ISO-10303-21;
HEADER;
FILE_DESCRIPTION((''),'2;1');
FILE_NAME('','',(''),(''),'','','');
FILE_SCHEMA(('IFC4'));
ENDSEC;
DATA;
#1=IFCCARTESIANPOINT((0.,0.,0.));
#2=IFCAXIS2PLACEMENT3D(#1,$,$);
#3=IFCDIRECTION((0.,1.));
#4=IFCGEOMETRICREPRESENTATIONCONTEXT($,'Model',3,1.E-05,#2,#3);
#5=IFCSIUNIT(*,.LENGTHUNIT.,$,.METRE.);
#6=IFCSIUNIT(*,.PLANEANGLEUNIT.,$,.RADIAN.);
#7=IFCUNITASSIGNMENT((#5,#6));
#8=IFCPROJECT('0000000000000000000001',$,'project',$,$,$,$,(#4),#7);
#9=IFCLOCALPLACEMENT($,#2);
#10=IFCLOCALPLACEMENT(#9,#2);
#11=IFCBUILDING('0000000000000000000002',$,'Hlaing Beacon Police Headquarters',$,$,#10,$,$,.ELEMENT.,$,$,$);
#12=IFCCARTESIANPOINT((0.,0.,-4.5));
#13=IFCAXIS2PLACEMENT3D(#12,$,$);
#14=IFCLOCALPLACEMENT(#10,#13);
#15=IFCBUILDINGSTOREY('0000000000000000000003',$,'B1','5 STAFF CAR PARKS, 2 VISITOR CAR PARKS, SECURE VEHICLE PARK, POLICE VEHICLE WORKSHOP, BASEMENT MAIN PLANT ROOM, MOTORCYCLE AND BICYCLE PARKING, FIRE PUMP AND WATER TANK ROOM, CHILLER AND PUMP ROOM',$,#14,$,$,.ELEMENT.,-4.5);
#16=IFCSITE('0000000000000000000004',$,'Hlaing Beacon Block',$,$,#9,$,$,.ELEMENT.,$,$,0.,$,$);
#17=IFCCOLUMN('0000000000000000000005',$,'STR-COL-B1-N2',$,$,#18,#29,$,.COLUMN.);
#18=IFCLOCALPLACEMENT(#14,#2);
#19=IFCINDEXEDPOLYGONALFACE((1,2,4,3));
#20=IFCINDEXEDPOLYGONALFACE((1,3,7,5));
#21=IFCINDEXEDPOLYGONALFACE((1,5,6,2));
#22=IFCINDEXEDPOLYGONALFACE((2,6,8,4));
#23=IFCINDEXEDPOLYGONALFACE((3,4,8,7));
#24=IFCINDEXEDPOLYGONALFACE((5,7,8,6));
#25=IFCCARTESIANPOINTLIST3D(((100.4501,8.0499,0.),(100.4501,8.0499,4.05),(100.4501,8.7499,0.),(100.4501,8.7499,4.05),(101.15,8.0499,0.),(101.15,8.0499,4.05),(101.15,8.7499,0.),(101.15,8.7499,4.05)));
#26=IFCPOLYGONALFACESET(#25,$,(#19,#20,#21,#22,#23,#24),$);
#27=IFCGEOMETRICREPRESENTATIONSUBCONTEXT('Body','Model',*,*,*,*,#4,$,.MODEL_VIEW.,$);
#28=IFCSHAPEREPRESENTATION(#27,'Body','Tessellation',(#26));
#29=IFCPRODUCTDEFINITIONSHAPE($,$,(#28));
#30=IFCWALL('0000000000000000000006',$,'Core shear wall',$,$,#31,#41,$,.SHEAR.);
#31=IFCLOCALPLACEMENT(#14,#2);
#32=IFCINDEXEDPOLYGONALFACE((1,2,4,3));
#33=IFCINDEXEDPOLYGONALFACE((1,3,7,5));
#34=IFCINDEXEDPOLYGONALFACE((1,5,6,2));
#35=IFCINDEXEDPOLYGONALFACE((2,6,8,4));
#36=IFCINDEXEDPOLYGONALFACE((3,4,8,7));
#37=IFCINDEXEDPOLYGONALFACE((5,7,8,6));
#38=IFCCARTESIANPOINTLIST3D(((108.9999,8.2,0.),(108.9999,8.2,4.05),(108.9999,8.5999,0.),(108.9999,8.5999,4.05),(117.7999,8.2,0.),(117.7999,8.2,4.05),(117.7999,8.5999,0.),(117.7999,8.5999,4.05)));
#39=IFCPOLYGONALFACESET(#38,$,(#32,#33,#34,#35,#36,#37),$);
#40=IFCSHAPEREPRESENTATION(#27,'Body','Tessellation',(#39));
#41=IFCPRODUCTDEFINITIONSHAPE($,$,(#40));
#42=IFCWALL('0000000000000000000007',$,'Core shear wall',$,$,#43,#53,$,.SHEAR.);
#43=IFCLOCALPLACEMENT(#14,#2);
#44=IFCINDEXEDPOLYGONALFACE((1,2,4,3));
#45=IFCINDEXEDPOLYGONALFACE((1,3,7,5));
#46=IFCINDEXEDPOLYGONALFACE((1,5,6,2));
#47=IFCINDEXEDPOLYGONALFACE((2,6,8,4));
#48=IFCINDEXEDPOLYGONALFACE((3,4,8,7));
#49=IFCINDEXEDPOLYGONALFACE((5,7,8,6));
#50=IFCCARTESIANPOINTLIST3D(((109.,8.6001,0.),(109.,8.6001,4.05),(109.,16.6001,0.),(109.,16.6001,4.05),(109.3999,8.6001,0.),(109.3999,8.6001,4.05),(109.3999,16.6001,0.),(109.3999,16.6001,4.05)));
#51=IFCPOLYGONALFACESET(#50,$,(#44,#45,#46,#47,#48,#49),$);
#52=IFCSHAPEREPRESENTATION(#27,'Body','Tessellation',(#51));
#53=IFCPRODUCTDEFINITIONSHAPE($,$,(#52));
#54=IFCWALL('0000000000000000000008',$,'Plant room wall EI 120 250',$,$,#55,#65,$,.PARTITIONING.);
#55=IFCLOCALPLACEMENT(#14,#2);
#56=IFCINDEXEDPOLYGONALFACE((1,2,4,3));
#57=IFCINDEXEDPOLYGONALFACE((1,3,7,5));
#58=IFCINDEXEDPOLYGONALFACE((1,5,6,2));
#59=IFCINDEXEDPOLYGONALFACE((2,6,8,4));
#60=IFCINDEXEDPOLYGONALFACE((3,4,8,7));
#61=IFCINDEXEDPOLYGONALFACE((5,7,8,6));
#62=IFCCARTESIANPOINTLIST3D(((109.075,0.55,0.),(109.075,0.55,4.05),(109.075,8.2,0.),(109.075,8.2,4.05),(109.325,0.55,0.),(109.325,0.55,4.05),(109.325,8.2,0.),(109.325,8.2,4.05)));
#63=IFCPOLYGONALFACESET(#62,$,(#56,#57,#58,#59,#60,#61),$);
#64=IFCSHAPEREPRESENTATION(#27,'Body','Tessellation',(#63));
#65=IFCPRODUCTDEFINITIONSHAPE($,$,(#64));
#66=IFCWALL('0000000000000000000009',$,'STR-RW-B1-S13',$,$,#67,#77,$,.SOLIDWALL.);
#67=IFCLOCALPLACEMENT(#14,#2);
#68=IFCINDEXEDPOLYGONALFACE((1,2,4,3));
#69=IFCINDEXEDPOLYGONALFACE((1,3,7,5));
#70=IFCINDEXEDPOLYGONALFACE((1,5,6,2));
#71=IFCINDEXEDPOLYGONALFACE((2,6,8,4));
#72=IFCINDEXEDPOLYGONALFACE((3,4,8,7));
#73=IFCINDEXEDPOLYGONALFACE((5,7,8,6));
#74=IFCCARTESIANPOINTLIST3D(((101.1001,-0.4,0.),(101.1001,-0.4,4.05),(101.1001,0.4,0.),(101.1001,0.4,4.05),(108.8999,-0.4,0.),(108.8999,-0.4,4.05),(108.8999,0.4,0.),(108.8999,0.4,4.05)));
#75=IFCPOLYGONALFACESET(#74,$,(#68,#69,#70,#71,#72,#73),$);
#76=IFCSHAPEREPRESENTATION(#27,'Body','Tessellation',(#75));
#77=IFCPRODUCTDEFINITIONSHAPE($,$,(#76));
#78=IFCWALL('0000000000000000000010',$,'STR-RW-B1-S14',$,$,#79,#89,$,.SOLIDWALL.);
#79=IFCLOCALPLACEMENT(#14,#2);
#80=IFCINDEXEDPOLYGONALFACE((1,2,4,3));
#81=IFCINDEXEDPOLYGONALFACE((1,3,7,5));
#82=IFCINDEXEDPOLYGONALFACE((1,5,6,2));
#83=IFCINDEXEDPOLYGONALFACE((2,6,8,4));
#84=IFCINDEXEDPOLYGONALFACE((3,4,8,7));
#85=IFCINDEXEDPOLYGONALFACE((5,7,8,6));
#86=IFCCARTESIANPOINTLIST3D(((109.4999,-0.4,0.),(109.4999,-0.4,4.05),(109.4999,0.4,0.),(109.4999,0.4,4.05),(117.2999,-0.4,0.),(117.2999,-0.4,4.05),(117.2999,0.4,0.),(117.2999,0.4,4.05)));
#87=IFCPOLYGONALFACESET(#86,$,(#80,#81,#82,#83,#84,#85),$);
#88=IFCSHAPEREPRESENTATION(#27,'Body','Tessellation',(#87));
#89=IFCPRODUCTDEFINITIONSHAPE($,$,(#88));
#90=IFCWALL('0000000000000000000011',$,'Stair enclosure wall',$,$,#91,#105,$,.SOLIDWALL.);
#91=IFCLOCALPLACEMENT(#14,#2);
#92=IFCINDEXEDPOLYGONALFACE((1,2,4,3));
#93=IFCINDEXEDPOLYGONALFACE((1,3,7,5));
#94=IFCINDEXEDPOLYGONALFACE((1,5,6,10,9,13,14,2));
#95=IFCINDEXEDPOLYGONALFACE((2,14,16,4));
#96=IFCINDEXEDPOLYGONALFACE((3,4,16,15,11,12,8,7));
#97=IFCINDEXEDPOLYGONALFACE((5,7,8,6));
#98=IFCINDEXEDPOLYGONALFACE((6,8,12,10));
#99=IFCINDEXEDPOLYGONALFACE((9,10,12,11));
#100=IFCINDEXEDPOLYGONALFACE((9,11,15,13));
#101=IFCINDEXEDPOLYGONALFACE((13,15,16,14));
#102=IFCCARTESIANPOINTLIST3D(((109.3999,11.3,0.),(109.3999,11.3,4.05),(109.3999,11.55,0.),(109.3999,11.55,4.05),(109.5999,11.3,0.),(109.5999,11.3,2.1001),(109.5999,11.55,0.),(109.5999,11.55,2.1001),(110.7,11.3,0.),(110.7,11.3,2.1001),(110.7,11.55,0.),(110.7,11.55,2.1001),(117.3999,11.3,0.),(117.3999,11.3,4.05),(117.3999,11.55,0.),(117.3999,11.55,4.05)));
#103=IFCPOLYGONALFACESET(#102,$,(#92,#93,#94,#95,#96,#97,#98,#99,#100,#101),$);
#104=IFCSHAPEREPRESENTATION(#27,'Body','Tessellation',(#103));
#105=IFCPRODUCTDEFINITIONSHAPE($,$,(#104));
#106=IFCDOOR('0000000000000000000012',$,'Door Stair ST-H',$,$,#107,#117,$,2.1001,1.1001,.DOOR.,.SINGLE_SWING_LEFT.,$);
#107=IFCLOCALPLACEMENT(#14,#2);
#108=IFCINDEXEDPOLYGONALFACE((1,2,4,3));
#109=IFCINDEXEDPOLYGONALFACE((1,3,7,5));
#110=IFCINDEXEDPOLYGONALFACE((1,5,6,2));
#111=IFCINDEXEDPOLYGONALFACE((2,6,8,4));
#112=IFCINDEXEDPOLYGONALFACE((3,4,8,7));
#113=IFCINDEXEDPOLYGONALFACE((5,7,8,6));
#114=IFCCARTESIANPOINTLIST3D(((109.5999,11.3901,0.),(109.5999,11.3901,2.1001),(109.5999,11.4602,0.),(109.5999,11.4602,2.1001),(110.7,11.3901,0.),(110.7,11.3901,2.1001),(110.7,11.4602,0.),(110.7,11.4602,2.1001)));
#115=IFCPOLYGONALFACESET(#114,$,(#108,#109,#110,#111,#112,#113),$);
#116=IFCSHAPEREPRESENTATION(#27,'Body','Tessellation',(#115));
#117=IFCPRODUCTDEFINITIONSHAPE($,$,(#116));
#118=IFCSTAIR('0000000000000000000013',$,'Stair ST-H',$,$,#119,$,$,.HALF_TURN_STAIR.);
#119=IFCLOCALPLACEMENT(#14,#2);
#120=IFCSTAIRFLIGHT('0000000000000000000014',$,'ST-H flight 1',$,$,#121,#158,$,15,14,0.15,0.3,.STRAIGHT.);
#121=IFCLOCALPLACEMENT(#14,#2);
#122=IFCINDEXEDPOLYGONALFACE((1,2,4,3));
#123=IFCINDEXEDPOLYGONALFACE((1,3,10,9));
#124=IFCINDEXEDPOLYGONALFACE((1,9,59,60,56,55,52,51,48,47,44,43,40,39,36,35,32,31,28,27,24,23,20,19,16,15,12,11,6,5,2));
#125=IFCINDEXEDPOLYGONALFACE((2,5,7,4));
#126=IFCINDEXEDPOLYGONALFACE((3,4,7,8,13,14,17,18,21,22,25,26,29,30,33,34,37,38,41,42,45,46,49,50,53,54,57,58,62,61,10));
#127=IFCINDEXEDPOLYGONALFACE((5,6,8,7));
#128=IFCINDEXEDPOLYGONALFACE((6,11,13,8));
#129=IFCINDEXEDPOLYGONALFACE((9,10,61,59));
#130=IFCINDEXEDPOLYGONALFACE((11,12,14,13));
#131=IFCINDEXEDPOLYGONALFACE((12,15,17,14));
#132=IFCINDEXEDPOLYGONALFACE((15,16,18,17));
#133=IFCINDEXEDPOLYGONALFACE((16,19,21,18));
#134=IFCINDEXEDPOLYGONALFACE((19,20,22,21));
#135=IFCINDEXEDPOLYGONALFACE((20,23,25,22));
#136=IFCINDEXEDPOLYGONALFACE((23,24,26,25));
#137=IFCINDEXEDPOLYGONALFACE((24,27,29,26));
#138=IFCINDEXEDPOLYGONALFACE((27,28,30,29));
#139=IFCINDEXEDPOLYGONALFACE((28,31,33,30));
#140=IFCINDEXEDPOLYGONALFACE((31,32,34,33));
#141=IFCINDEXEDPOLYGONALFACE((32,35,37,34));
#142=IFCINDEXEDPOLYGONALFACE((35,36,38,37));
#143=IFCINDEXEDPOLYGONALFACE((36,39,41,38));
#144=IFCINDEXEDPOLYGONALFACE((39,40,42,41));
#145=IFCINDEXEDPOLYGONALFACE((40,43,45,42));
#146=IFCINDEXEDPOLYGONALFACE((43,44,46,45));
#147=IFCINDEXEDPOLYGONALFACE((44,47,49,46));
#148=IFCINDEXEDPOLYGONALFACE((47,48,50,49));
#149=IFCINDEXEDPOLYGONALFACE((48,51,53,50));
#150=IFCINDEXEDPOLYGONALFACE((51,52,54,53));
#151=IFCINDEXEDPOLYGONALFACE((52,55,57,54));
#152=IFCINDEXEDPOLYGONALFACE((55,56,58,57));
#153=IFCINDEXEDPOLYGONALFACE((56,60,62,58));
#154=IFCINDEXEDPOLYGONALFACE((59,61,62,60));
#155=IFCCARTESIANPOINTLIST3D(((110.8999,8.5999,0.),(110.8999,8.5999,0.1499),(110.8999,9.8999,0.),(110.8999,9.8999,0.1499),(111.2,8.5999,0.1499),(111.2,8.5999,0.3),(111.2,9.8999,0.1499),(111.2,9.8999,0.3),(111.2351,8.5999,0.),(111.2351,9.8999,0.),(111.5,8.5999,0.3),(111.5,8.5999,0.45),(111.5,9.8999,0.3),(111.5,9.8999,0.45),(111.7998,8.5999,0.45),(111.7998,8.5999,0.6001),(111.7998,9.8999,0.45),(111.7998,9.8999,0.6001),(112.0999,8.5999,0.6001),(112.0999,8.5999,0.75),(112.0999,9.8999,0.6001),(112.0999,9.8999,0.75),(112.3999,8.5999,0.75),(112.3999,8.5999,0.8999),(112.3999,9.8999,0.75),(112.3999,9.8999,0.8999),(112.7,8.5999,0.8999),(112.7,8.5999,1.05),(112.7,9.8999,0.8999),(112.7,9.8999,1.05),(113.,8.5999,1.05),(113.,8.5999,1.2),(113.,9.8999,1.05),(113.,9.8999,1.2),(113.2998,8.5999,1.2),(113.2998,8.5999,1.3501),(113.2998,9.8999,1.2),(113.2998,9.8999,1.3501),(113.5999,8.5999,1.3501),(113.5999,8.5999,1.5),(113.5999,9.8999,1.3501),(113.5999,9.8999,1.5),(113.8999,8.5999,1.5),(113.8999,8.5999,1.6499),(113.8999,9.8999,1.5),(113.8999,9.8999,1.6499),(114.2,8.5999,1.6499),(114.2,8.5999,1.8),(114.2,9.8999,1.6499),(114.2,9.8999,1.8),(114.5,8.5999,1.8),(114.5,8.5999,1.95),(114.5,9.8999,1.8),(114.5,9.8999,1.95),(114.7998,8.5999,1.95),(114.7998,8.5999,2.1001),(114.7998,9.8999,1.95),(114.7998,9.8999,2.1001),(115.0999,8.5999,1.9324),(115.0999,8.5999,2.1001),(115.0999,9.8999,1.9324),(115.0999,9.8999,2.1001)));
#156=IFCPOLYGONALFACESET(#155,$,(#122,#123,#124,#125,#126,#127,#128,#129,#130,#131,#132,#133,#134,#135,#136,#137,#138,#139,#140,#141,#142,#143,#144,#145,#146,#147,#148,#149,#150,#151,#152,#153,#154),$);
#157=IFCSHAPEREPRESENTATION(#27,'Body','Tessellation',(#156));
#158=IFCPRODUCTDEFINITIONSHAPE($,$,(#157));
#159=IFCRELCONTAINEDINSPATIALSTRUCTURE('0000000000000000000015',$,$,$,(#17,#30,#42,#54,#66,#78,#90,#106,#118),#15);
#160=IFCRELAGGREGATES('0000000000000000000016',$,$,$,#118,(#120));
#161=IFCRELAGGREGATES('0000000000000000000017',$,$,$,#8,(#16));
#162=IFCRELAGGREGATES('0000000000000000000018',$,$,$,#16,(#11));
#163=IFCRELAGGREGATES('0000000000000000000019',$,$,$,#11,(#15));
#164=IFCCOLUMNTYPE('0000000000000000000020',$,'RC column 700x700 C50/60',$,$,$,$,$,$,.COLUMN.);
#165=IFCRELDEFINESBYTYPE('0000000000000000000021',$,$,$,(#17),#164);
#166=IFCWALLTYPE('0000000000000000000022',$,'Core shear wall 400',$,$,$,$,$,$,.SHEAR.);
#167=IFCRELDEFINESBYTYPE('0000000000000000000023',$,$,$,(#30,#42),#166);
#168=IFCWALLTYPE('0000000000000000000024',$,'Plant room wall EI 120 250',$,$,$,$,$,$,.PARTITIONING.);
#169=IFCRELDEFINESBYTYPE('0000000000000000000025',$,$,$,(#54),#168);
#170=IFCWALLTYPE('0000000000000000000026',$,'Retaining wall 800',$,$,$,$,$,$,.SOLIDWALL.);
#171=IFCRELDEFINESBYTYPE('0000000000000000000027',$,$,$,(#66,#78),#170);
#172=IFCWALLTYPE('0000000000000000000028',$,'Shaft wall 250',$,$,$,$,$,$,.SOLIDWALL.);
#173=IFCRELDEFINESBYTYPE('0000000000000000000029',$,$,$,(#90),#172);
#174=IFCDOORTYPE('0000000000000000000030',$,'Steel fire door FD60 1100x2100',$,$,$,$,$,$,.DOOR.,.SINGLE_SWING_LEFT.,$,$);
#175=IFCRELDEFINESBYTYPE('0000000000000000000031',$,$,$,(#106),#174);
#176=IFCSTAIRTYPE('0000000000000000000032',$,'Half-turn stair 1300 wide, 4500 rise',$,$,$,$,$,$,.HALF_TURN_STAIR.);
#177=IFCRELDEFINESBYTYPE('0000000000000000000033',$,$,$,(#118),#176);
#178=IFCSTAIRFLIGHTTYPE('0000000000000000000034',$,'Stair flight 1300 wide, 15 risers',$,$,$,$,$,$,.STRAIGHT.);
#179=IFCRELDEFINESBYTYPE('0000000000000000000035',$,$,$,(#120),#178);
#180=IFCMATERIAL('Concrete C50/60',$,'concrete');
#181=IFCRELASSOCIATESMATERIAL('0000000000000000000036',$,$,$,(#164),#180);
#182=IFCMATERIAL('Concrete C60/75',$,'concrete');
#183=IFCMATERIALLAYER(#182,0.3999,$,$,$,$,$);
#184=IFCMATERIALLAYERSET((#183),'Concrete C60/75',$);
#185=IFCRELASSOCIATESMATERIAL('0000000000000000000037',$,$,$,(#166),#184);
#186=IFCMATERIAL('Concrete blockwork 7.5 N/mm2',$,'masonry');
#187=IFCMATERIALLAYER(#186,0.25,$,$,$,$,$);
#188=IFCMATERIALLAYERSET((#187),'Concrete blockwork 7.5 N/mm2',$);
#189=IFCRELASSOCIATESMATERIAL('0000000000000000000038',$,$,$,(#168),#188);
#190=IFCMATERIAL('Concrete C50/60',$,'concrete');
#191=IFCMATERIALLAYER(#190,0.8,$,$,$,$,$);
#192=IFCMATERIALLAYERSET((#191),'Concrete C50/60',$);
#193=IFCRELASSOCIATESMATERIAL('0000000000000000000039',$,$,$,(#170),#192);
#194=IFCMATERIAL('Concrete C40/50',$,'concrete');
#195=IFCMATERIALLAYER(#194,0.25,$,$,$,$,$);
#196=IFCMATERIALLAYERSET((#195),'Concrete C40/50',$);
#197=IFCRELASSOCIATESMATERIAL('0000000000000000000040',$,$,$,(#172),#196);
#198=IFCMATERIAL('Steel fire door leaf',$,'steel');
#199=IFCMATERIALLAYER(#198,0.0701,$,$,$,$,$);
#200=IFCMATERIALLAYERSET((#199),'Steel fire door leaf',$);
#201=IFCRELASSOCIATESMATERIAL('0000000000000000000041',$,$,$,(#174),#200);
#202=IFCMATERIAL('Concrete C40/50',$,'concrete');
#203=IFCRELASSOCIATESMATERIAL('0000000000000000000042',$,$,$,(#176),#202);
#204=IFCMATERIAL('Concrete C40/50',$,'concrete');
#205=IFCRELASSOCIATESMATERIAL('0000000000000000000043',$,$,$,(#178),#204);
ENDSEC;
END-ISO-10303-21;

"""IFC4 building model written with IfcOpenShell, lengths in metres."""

from ifc_helpers import new_model, si_unit, direction, frame, frame_2d, origin, origin_2d, place, context, subcontext, project, spatial, polyline, rectangle, outline, extrude, material, layer, layer_set, material_profile, profile_set, type_object, element, fill, aggregate, save


model = new_model("IFC4")

# Units and contexts
model_context = context("Model", 3, precision=1e-05, world=origin(), true_north=direction((0.0, 1.0)))
body_context = subcontext(model_context, "Body", "Model", "MODEL_VIEW")
ifc_project = project(units=[si_unit("LENGTHUNIT", "METRE"), si_unit("PLANEANGLEUNIT", "RADIAN")], contexts=[model_context])

# Site, building, storey
site_placement = place(None, origin())
site = spatial("IfcSite", under=ifc_project, at=site_placement, Name="Hlaing Beacon Block", CompositionType="ELEMENT", RefElevation=0.0)
building_placement = place(site_placement, origin())
building = spatial("IfcBuilding", under=site, at=building_placement, Name="Hlaing Beacon Police Headquarters", CompositionType="ELEMENT")
storey_placement = place(building_placement, frame((0.0, 0.0, -4.5)))
storey = spatial("IfcBuildingStorey", under=building, at=storey_placement, Name="B1", Description="5 STAFF CAR PARKS, 2 VISITOR CAR PARKS, SECURE VEHICLE PARK, POLICE VEHICLE WORKSHOP, BASEMENT MAIN PLANT ROOM, MOTORCYCLE AND BICYCLE PARKING, FIRE PUMP AND WATER TANK ROOM, CHILLER AND PUMP ROOM", CompositionType="ELEMENT", Elevation=-4.5)

# Column
ifc_material_1 = material(Name="Concrete C50/60", Category="concrete")
ifc_material_profile_1 = material_profile(ifc_material_1, rectangle(XDim=0.7, YDim=0.7, at=origin_2d()), Name="700x700")
ifc_profile_set_1 = profile_set([ifc_material_profile_1], Name="Concrete C50/60")
column_type_1 = type_object("IfcColumnType", Name="RC column 700x700 C50/60", PredefinedType="COLUMN", material=ifc_profile_set_1)
column_placement = place(storey_placement, frame((100.8, 8.3999, 0.0), z_axis=(0.0, 0.0, 1.0), x_axis=(1.0, 0.0, 0.0)))
element("IfcColumn", 1, at=column_placement, inside=storey, type_object=column_type_1, Name="STR-COL-B1-N2", PredefinedType="COLUMN", context=body_context, shape_type="SweptSolid", body=[
    extrude(rectangle(XDim=0.7, YDim=0.7, at=origin_2d()), origin(), (0.0, 0.0, 1.0), 4.05),
])

# Walls
ifc_material_2 = material(Name="Concrete C60/75", Category="concrete")
ifc_layer_1 = layer(ifc_material_2, 0.3999)
ifc_layer_set_1 = layer_set([ifc_layer_1], Name="Concrete C60/75")
wall_type_1 = type_object("IfcWallType", Name="Core shear wall 400", PredefinedType="SHEAR", material=ifc_layer_set_1)
wall_1_placement = place(storey_placement, frame((109.0, 8.3999, 0.0), z_axis=(0.0, 0.0, 1.0), x_axis=(1.0, 0.0, 0.0)))
element("IfcWall", 2, at=wall_1_placement, inside=storey, type_object=wall_type_1, Name="Core shear wall", PredefinedType="SHEAR", context=body_context, shape_type="SweptSolid", body=[
    extrude(rectangle(XDim=8.8, YDim=0.3999, at=frame_2d((4.3999, 0.0))), origin(), (0.0, 0.0, 1.0), 4.05),
])
wall_2_placement = place(storey_placement, frame((109.2, 8.6001, 0.0), z_axis=(0.0, 0.0, 1.0), x_axis=(0.0, 1.0, 0.0)))
element("IfcWall", 3, at=wall_2_placement, inside=storey, type_object=wall_type_1, Name="Core shear wall", PredefinedType="SHEAR", context=body_context, shape_type="SweptSolid", body=[
    extrude(rectangle(XDim=8.0, YDim=0.3999, at=frame_2d((4.0, 0.0))), origin(), (0.0, 0.0, 1.0), 4.05),
])
ifc_material_3 = material(Name="Concrete blockwork 7.5 N/mm2", Category="masonry")
ifc_layer_2 = layer(ifc_material_3, 0.25)
ifc_layer_set_2 = layer_set([ifc_layer_2], Name="Concrete blockwork 7.5 N/mm2")
wall_type_2 = type_object("IfcWallType", Name="Plant room wall EI 120 250", PredefinedType="PARTITIONING", material=ifc_layer_set_2)
wall_3_placement = place(storey_placement, frame((109.2, 0.55, 0.0), z_axis=(0.0, 0.0, 1.0), x_axis=(0.0, 1.0, 0.0)))
element("IfcWall", 4, at=wall_3_placement, inside=storey, type_object=wall_type_2, Name="Plant room wall EI 120 250", PredefinedType="PARTITIONING", context=body_context, shape_type="SweptSolid", body=[
    extrude(rectangle(XDim=7.6499, YDim=0.25, at=frame_2d((3.825, 0.0))), origin(), (0.0, 0.0, 1.0), 4.05),
])
ifc_material_4 = material(Name="Concrete C50/60", Category="concrete")
ifc_layer_3 = layer(ifc_material_4, 0.8)
ifc_layer_set_3 = layer_set([ifc_layer_3], Name="Concrete C50/60")
wall_type_3 = type_object("IfcWallType", Name="Retaining wall 800", PredefinedType="SOLIDWALL", material=ifc_layer_set_3)
wall_4_placement = place(storey_placement, frame((101.1001, 0.0, 0.0), z_axis=(0.0, 0.0, 1.0), x_axis=(1.0, 0.0, 0.0)))
element("IfcWall", 5, at=wall_4_placement, inside=storey, type_object=wall_type_3, Name="STR-RW-B1-S13", PredefinedType="SOLIDWALL", context=body_context, shape_type="SweptSolid", body=[
    extrude(rectangle(XDim=7.7998, YDim=0.8, at=frame_2d((3.8999, 0.0))), origin(), (0.0, 0.0, 1.0), 4.05),
])
wall_5_placement = place(storey_placement, frame((109.5, 0.0, 0.0), z_axis=(0.0, 0.0, 1.0), x_axis=(1.0, 0.0, 0.0)))
element("IfcWall", 6, at=wall_5_placement, inside=storey, type_object=wall_type_3, Name="STR-RW-B1-S14", PredefinedType="SOLIDWALL", context=body_context, shape_type="SweptSolid", body=[
    extrude(rectangle(XDim=7.8, YDim=0.8, at=frame_2d((3.8999, 0.0))), origin(), (0.0, 0.0, 1.0), 4.05),
])

# Wall, opening, door
ifc_material_5 = material(Name="Concrete C40/50", Category="concrete")
ifc_layer_4 = layer(ifc_material_5, 0.25)
ifc_layer_set_4 = layer_set([ifc_layer_4], Name="Concrete C40/50")
wall_type_4 = type_object("IfcWallType", Name="Shaft wall 250", PredefinedType="SOLIDWALL", material=ifc_layer_set_4)
wall_6_placement = place(storey_placement, frame((109.3999, 11.425, 0.0), z_axis=(0.0, 0.0, 1.0), x_axis=(1.0, 0.0, 0.0)))
wall_6 = element("IfcWall", 7, at=wall_6_placement, inside=storey, type_object=wall_type_4, Name="Stair enclosure wall", PredefinedType="SOLIDWALL", context=body_context, shape_type="SweptSolid", body=[
    extrude(rectangle(XDim=8.0, YDim=0.25, at=frame_2d((4.0, 0.0))), origin(), (0.0, 0.0, 1.0), 4.05),
])
opening_placement = place(wall_6_placement, frame((0.2, 0.0, 0.0)))
opening = element("IfcOpeningElement", 8, at=opening_placement, cuts=wall_6, PredefinedType="OPENING", context=body_context, shape_type="SweptSolid", body=[
    extrude(rectangle(XDim=1.1001, YDim=2.1001, at=frame_2d((0.55, 1.05))), frame((0.0, 0.135, 0.0), z_axis=(0.0, -1.0, 0.0), x_axis=(1.0, 0.0, 0.0)), (0.0, 0.0, 1.0), 0.27),
])
ifc_material_6 = material(Name="Steel fire door leaf", Category="steel")
ifc_layer_5 = layer(ifc_material_6, 0.0701)
ifc_layer_set_5 = layer_set([ifc_layer_5], Name="Steel fire door leaf")
door_type = type_object("IfcDoorType", Name="Steel fire door FD60 1100x2100", OperationType="SINGLE_SWING_LEFT", PredefinedType="DOOR", material=ifc_layer_set_5)
door_placement = place(opening_placement, frame((1.1001, 0.0, 0.0), z_axis=(0.0, 0.0, 1.0), x_axis=(-1.0, 0.0, 0.0)))
door = element("IfcDoor", 9, at=door_placement, inside=storey, type_object=door_type, Name="Door Stair ST-H", OperationType="SINGLE_SWING_LEFT", OverallHeight=2.1001, OverallWidth=1.1001, PredefinedType="DOOR", context=body_context, shape_type="SweptSolid", body=[
    extrude(rectangle(XDim=1.1001, YDim=2.1001, at=frame_2d((0.55, 1.05))), frame((0.0, 0.0349, 0.0), z_axis=(0.0, -1.0, 0.0), x_axis=(1.0, 0.0, 0.0)), (0.0, 0.0, 1.0), 0.0701),
])
fill(opening, door)

# Stair, stair flight
ifc_material_7 = material(Name="Concrete C40/50", Category="concrete")
stair_type = type_object("IfcStairType", Name="Half-turn stair 1300 wide, 4500 rise", PredefinedType="HALF_TURN_STAIR", material=ifc_material_7)
stair_placement = place(storey_placement, origin())
stair = element("IfcStair", 10, at=stair_placement, inside=storey, type_object=stair_type, Name="Stair ST-H", PredefinedType="HALF_TURN_STAIR")
ifc_material_8 = material(Name="Concrete C40/50", Category="concrete")
stair_flight_type = type_object("IfcStairFlightType", Name="Stair flight 1300 wide, 15 risers", PredefinedType="STRAIGHT", material=ifc_material_8)
stair_flight_placement = place(storey_placement, frame((110.8999, 9.25, 0.0), z_axis=(0.0, 0.0, 1.0), x_axis=(1.0, 0.0, 0.0)))
stair_flight = element("IfcStairFlight", 11, at=stair_flight_placement, type_object=stair_flight_type, Name="ST-H flight 1", NumberOfRisers=15, NumberOfTreads=14, PredefinedType="STRAIGHT", RiserHeight=0.15, TreadLength=0.3, context=body_context, shape_type="SweptSolid", body=[
    extrude(outline(polyline([(0.0, 0.0), (0.0, 0.1499), (0.3, 0.1499), (0.3, 0.3), (0.6001, 0.3), (0.6001, 0.45), (0.8999, 0.45), (0.8999, 0.6001), (1.2, 0.6001), (1.2, 0.75), (1.5, 0.75), (1.5, 0.8999), (1.8, 0.8999), (1.8, 1.05), (2.1001, 1.05), (2.1001, 1.2), (2.3999, 1.2), (2.3999, 1.3501), (2.7, 1.3501), (2.7, 1.5), (3.0, 1.5), (3.0, 1.6499), (3.3, 1.6499), (3.3, 1.8), (3.6001, 1.8), (3.6001, 1.95), (3.8999, 1.95), (3.8999, 2.1001), (4.2, 2.1001), (4.2, 2.25), (4.2, 1.9324), (0.3352, 0.0), (0.0, 0.0)])), frame((0.0, 0.6499, 0.0), z_axis=(0.0, -1.0, 0.0), x_axis=(1.0, 0.0, 0.0)), (0.0, 0.0, 1.0), 1.3),
])
aggregate(stair, [stair_flight])

save(model, "model.ifc")
